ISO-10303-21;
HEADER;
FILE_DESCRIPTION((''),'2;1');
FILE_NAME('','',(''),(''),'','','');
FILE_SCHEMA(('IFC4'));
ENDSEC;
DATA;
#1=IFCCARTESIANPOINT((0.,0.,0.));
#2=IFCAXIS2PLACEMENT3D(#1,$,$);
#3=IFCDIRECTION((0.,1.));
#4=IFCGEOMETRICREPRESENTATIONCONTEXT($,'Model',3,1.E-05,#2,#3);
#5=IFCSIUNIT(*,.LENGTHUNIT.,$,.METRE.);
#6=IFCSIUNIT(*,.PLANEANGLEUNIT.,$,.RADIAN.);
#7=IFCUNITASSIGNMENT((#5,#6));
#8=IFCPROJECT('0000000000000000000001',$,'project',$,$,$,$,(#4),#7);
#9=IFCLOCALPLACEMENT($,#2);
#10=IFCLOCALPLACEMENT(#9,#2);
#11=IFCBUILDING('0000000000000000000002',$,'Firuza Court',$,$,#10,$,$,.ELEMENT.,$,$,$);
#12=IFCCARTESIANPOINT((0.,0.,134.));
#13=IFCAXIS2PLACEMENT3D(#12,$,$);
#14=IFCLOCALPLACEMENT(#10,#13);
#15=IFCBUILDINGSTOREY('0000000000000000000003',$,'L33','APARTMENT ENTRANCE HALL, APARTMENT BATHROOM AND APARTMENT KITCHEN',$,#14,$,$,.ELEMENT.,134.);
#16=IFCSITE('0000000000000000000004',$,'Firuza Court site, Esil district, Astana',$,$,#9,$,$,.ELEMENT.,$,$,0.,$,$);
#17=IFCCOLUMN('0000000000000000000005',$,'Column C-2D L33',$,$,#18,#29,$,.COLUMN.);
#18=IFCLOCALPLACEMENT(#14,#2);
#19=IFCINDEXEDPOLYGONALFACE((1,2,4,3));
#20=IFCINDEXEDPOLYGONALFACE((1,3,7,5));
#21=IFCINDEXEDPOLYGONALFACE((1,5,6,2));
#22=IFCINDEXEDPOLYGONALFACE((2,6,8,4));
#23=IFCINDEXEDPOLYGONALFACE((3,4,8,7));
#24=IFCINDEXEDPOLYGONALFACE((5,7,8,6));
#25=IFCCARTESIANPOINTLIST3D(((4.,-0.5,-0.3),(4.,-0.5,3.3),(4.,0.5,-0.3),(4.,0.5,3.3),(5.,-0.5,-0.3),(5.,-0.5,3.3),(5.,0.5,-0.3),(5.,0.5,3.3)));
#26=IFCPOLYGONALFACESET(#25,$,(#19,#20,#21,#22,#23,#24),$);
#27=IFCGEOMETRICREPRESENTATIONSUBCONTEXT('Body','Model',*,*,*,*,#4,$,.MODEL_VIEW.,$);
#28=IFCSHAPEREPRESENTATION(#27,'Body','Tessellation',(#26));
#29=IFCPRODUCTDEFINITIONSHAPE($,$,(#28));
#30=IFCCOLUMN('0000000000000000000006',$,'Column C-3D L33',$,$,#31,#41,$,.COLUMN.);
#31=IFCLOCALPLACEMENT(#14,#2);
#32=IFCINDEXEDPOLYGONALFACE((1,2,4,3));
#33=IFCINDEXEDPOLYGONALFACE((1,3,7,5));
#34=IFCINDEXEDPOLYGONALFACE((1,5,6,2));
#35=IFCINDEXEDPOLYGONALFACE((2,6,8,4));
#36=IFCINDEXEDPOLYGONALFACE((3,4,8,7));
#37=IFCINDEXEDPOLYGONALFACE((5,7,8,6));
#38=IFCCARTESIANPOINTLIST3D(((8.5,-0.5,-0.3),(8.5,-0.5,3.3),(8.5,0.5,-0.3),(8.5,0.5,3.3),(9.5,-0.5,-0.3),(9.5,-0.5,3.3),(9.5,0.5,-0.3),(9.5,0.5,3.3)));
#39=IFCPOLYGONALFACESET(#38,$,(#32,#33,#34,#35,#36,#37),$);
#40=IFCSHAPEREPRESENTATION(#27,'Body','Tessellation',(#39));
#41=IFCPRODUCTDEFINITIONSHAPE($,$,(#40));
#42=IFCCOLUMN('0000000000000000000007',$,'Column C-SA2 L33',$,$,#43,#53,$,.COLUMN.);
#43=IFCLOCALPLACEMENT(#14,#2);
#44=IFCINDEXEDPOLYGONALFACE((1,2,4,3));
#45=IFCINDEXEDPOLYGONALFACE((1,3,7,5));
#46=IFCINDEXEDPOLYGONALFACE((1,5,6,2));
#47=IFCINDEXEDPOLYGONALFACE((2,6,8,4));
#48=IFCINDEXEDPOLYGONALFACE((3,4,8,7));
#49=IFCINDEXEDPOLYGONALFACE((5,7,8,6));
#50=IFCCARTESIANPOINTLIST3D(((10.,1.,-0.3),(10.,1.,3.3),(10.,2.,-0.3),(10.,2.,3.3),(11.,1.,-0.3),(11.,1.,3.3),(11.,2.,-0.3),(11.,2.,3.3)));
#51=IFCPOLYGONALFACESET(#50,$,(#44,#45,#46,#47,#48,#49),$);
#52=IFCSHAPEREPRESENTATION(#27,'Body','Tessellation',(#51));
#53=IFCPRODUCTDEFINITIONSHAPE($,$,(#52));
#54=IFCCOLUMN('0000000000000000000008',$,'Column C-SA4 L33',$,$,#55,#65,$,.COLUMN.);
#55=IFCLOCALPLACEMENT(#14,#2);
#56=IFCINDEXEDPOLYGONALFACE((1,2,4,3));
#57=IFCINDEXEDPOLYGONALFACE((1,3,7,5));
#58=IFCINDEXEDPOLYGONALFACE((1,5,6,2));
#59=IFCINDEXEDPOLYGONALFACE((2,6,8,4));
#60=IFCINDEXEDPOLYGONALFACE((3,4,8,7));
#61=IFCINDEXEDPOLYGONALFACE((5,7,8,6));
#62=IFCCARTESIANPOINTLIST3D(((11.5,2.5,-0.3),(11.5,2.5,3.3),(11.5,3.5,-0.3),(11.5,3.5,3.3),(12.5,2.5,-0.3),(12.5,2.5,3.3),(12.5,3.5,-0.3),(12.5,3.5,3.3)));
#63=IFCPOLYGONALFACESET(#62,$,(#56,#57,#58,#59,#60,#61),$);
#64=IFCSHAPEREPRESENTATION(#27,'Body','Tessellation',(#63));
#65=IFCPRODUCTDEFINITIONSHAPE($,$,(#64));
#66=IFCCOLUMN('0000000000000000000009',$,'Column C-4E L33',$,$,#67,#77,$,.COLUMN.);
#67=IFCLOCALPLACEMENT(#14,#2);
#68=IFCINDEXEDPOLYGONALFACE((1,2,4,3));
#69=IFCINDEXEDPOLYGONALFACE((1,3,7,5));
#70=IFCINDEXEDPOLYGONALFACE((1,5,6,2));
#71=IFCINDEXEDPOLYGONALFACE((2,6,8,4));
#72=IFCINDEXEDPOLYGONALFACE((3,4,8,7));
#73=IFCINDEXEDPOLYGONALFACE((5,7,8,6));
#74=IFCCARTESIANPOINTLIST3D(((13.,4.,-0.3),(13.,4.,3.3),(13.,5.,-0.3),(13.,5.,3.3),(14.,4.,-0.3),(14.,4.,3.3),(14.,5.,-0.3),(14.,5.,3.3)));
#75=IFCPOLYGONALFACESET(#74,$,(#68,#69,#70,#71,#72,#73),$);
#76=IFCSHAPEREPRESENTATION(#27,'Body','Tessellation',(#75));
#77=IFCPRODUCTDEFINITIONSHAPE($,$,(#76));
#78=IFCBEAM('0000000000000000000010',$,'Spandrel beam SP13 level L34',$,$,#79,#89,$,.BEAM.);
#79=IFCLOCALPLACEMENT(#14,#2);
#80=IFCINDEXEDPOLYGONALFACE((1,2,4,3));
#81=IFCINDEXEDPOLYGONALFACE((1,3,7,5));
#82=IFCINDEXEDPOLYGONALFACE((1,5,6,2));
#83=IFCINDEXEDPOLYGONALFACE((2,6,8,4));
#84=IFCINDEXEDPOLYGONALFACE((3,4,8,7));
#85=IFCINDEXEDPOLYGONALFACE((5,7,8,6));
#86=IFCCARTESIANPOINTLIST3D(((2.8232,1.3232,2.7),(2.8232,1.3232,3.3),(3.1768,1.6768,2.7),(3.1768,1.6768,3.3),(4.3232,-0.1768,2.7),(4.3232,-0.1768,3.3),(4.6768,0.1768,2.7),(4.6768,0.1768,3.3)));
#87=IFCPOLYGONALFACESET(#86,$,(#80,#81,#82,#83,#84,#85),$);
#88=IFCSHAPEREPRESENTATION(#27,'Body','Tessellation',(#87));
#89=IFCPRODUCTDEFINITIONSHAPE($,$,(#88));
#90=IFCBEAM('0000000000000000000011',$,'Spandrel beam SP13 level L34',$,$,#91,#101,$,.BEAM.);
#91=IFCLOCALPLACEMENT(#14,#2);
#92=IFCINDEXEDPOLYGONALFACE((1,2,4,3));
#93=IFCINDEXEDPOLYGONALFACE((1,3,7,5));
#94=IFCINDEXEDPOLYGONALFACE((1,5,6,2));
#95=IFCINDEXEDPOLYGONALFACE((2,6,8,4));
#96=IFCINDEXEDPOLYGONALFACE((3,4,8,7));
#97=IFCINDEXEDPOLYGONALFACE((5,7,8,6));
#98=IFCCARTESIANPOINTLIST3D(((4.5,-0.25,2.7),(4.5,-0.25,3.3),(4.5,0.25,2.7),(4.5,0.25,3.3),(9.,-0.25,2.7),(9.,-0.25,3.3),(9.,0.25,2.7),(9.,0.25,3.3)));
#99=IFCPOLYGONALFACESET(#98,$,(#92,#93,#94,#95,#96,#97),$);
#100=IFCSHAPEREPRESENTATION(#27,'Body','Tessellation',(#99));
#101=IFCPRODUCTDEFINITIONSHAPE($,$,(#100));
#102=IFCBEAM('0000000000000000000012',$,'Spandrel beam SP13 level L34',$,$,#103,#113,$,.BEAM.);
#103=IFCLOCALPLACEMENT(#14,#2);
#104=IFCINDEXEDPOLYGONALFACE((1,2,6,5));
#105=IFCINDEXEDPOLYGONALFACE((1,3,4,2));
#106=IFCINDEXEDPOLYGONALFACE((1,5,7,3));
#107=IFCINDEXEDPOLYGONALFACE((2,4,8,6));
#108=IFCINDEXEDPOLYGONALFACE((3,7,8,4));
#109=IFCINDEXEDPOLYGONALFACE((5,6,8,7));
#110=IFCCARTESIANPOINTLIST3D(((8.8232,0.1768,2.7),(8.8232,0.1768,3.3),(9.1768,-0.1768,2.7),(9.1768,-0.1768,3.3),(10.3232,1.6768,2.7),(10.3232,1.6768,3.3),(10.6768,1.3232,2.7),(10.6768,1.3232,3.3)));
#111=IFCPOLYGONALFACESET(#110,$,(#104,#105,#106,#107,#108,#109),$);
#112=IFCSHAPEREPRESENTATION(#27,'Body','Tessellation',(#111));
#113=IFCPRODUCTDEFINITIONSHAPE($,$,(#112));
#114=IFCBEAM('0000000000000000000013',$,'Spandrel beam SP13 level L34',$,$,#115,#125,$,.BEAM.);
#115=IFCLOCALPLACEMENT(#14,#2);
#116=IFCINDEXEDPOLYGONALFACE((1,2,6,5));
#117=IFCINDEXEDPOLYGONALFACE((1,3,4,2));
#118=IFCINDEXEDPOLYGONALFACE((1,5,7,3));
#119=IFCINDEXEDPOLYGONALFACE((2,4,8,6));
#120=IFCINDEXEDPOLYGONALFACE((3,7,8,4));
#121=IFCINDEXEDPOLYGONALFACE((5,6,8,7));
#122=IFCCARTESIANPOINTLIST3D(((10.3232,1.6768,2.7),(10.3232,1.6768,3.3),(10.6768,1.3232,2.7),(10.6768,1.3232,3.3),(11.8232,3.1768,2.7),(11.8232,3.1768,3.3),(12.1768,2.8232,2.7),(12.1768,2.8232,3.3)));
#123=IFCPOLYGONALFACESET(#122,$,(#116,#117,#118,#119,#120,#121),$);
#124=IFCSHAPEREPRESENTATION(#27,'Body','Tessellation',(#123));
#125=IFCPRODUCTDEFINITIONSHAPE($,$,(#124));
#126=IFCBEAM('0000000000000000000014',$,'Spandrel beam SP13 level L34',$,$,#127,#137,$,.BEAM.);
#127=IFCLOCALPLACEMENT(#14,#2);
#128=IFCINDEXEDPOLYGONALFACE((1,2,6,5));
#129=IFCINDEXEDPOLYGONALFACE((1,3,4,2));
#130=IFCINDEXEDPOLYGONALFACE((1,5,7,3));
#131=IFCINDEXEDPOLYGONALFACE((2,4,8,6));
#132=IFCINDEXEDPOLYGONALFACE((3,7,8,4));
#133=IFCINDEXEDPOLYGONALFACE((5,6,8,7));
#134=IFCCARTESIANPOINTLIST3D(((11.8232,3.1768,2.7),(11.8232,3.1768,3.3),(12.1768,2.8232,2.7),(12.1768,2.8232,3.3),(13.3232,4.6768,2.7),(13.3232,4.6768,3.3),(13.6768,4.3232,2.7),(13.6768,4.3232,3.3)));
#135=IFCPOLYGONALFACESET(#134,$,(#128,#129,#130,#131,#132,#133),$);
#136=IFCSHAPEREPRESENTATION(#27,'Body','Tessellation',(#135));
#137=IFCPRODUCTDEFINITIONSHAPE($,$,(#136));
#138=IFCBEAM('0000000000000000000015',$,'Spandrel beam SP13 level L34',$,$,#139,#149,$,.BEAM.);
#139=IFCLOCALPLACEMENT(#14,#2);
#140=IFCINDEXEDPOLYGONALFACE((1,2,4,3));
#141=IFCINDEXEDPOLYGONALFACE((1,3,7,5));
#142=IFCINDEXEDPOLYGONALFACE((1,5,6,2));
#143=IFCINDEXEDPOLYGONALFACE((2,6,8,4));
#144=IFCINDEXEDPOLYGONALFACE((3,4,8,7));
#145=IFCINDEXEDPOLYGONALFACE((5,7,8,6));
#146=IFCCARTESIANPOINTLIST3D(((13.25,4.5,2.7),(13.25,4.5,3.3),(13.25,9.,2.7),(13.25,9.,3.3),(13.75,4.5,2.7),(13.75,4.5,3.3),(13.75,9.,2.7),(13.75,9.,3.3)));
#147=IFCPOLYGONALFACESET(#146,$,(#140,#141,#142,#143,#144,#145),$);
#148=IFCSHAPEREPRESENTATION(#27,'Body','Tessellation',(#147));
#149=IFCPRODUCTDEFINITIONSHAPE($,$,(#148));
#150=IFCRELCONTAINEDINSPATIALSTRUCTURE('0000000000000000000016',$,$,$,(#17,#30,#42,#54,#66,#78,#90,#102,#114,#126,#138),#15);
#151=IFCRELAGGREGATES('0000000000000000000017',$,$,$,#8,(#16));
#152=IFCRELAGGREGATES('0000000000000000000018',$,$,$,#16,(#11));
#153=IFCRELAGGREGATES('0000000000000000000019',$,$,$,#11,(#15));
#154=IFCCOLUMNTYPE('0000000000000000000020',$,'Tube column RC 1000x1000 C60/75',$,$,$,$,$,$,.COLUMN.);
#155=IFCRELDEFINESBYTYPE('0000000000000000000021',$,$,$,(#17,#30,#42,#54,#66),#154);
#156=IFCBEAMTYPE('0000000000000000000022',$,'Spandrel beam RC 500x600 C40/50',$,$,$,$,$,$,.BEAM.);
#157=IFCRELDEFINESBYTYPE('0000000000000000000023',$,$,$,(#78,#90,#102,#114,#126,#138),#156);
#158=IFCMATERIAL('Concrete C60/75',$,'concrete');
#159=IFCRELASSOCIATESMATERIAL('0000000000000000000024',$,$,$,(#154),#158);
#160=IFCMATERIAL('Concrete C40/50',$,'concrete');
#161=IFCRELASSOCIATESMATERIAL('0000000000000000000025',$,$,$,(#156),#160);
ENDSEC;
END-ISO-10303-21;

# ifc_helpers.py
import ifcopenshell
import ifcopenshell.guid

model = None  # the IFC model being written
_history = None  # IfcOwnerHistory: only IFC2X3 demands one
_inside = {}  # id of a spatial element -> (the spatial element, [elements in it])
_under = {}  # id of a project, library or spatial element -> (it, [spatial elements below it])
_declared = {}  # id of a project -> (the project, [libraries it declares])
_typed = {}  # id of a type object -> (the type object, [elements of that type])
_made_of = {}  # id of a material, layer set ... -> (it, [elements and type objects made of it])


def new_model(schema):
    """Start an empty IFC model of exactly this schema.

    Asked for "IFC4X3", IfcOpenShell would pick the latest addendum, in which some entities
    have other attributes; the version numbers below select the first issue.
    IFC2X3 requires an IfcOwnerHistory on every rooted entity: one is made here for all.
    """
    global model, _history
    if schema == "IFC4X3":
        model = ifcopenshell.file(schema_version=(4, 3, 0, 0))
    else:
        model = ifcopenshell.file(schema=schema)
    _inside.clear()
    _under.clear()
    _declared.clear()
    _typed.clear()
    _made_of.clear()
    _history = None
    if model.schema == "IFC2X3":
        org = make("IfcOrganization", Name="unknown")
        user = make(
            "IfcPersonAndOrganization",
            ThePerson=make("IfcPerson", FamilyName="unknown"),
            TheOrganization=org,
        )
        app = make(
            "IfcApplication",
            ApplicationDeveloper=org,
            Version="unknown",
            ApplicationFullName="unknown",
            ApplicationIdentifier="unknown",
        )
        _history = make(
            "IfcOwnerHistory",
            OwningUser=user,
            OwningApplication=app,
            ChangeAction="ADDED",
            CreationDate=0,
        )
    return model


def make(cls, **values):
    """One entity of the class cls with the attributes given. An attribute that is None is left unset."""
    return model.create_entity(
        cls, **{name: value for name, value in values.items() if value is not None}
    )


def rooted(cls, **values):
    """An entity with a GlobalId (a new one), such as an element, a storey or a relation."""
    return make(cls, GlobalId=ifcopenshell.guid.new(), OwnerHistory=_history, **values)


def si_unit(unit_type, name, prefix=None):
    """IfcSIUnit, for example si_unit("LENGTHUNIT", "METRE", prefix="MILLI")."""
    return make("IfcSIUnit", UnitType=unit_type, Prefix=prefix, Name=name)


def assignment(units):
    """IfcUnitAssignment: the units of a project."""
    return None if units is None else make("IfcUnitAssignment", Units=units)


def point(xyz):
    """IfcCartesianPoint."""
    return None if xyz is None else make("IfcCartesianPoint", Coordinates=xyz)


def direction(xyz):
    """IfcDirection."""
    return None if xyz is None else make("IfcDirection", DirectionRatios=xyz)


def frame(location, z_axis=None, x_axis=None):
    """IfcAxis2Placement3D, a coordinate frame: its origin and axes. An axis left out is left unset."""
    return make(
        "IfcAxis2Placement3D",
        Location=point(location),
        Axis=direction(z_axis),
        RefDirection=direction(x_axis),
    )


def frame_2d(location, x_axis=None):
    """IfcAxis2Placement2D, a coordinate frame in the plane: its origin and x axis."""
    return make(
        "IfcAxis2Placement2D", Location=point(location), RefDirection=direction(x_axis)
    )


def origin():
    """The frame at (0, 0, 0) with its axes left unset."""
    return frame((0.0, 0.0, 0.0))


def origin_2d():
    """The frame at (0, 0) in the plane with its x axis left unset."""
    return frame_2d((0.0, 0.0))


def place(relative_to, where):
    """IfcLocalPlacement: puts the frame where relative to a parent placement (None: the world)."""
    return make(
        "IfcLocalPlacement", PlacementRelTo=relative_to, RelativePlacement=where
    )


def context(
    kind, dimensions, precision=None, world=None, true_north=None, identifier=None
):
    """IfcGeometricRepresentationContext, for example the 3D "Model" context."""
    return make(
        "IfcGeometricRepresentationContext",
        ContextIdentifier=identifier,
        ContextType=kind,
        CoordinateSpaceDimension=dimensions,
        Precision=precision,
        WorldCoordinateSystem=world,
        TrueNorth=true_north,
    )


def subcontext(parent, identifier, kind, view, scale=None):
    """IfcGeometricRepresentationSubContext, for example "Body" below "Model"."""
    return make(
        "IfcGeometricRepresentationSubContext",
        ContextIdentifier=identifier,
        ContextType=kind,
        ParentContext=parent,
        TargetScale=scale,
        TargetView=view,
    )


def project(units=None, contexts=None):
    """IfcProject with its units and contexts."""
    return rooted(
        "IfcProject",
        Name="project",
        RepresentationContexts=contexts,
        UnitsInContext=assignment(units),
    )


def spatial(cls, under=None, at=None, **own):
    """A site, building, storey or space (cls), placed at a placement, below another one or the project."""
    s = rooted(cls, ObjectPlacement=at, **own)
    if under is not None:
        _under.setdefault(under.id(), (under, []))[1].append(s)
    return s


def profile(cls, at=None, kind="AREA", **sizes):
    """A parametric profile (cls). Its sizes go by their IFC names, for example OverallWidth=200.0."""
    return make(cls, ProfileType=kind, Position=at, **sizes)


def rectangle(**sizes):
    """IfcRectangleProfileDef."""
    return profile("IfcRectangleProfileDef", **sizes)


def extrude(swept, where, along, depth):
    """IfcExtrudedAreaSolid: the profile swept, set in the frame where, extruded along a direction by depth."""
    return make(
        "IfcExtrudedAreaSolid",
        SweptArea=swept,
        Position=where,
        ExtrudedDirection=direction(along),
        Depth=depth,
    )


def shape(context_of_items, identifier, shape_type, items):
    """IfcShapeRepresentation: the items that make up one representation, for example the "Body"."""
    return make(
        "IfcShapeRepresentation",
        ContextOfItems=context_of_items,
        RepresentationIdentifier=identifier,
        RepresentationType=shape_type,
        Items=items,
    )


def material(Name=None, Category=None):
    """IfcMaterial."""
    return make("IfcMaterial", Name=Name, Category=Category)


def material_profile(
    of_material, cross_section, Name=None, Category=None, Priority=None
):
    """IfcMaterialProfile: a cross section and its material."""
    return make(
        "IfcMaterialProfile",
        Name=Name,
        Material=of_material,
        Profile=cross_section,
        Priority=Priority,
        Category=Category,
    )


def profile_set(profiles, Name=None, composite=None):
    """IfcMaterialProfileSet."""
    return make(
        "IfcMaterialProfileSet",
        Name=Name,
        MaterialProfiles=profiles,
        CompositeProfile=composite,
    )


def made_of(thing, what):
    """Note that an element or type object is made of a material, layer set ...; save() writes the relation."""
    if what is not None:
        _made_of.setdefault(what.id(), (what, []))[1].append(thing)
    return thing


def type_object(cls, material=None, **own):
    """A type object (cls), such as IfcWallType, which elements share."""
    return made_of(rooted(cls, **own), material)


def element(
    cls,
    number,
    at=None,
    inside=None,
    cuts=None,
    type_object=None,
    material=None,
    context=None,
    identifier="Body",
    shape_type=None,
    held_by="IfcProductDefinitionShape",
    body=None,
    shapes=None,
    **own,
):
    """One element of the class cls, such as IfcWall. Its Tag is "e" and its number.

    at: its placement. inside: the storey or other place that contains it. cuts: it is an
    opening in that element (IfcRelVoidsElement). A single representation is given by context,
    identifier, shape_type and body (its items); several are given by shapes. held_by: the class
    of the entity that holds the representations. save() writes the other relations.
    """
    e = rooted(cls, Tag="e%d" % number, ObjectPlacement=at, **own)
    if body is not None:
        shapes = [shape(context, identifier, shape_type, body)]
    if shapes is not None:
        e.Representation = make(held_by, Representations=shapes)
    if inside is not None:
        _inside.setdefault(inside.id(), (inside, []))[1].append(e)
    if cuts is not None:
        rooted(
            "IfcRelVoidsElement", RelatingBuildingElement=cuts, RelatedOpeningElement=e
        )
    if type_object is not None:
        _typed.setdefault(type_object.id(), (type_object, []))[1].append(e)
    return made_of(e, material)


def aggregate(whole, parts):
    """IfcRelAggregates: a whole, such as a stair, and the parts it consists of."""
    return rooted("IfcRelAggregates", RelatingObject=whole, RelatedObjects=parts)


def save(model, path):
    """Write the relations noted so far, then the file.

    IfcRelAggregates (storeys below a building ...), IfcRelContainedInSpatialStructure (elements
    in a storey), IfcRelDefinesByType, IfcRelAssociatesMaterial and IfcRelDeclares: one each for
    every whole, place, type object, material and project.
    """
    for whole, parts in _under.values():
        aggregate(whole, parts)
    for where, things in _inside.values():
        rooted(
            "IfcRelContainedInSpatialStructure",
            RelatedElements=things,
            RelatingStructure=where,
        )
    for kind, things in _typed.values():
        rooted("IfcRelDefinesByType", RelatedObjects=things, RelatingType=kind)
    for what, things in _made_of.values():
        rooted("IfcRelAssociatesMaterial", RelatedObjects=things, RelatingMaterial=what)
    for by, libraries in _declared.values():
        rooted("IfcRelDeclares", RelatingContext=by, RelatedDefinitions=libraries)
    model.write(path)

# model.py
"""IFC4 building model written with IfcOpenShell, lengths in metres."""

from ifc_helpers import new_model, si_unit, direction, frame, origin, origin_2d, place, context, subcontext, project, spatial, rectangle, extrude, material, material_profile, profile_set, type_object, element, save


model = new_model("IFC4")

# Units and contexts
model_context = context("Model", 3, precision=1e-05, world=origin(), true_north=direction((0.0, 1.0)))
body_context = subcontext(model_context, "Body", "Model", "MODEL_VIEW")
ifc_project = project(units=[si_unit("LENGTHUNIT", "METRE"), si_unit("PLANEANGLEUNIT", "RADIAN")], contexts=[model_context])

# Site, building, storey
site_placement = place(None, origin())
site = spatial("IfcSite", under=ifc_project, at=site_placement, Name="Firuza Court site, Esil district, Astana", CompositionType="ELEMENT", RefElevation=0.0)
building_placement = place(site_placement, origin())
building = spatial("IfcBuilding", under=site, at=building_placement, Name="Firuza Court", CompositionType="ELEMENT")
storey_placement = place(building_placement, frame((0.0, 0.0, 134.0)))
storey = spatial("IfcBuildingStorey", under=building, at=storey_placement, Name="L33", Description="APARTMENT ENTRANCE HALL, APARTMENT BATHROOM AND APARTMENT KITCHEN", CompositionType="ELEMENT", Elevation=134.0)

# Columns
ifc_material_1 = material(Name="Concrete C60/75", Category="concrete")
ifc_material_profile_1 = material_profile(ifc_material_1, rectangle(XDim=1.0, YDim=1.0, at=origin_2d()), Name="RC 1000x1000")
ifc_profile_set_1 = profile_set([ifc_material_profile_1], Name="Concrete C60/75")
column_type = type_object("IfcColumnType", Name="Tube column RC 1000x1000 C60/75", PredefinedType="COLUMN", material=ifc_profile_set_1)
for number, where, z_axis, x_axis, name in (
    (1, (4.5, 0.0, -0.3), (0.0, 0.0, 1.0), (1.0, 0.0, 0.0), "Column C-2D L33"),
    (2, (9.0, 0.0, -0.3), (0.0, 0.0, 1.0), (1.0, 0.0, 0.0), "Column C-3D L33"),
    (3, (10.5, 1.5, -0.3), (0.0, 0.0, 1.0), (1.0, 0.0, 0.0), "Column C-SA2 L33"),
    (4, (12.0, 3.0, -0.3), (0.0, 0.0, 1.0), (1.0, 0.0, 0.0), "Column C-SA4 L33"),
    (5, (13.5, 4.5, -0.3), (0.0, 0.0, 1.0), (1.0, 0.0, 0.0), "Column C-4E L33"),
):
    element("IfcColumn", number, at=place(storey_placement, frame(where, z_axis=z_axis, x_axis=x_axis)), inside=storey, type_object=column_type, Name=name, PredefinedType="COLUMN", context=body_context, shape_type="SweptSolid", body=[
        extrude(rectangle(XDim=1.0, YDim=1.0, at=origin_2d()), origin(), (0.0, 0.0, 1.0), 3.6001),
    ])

# Beams
ifc_material_2 = material(Name="Concrete C40/50", Category="concrete")
ifc_material_profile_2 = material_profile(ifc_material_2, rectangle(XDim=0.5, YDim=0.6001, at=origin_2d()), Name="RC 500x600")
ifc_profile_set_2 = profile_set([ifc_material_profile_2], Name="Concrete C40/50")
beam_type = type_object("IfcBeamType", Name="Spandrel beam RC 500x600 C40/50", PredefinedType="BEAM", material=ifc_profile_set_2)
beam_1_placement = place(storey_placement, frame((3.0, 1.5, 3.0), z_axis=(0.707107, -0.707107, 0.0), x_axis=(0.707107, 0.707107, 0.0)))
element("IfcBeam", 6, at=beam_1_placement, inside=storey, type_object=beam_type, Name="Spandrel beam SP13 level L34", PredefinedType="BEAM", context=body_context, shape_type="SweptSolid", body=[
    extrude(rectangle(XDim=0.5, YDim=0.6001, at=origin_2d()), origin(), (0.0, 0.0, 1.0), 2.1213),
])
beam_2_placement = place(storey_placement, frame((4.5, 0.0, 3.0), z_axis=(1.0, 0.0, 0.0), x_axis=(0.0, 1.0, 0.0)))
element("IfcBeam", 7, at=beam_2_placement, inside=storey, type_object=beam_type, Name="Spandrel beam SP13 level L34", PredefinedType="BEAM", context=body_context, shape_type="SweptSolid", body=[
    extrude(rectangle(XDim=0.5, YDim=0.6001, at=origin_2d()), origin(), (0.0, 0.0, 1.0), 4.5),
])
for number, where, z_axis, x_axis, name in (
    (8, (9.0, 0.0, 3.0), (0.707107, 0.707107, 0.0), (-0.707107, 0.707107, 0.0), "Spandrel beam SP13 level L34"),
    (9, (10.5, 1.5, 3.0), (0.707107, 0.707107, 0.0), (-0.707107, 0.707107, 0.0), "Spandrel beam SP13 level L34"),
    (10, (12.0, 3.0, 3.0), (0.707107, 0.707107, 0.0), (-0.707107, 0.707107, 0.0), "Spandrel beam SP13 level L34"),
):
    element("IfcBeam", number, at=place(storey_placement, frame(where, z_axis=z_axis, x_axis=x_axis)), inside=storey, type_object=beam_type, Name=name, PredefinedType="BEAM", context=body_context, shape_type="SweptSolid", body=[
        extrude(rectangle(XDim=0.5, YDim=0.6001, at=origin_2d()), origin(), (0.0, 0.0, 1.0), 2.1213),
    ])
beam_3_placement = place(storey_placement, frame((13.5, 4.5, 3.0), z_axis=(0.0, 1.0, 0.0), x_axis=(-1.0, 0.0, 0.0)))
element("IfcBeam", 11, at=beam_3_placement, inside=storey, type_object=beam_type, Name="Spandrel beam SP13 level L34", PredefinedType="BEAM", context=body_context, shape_type="SweptSolid", body=[
    extrude(rectangle(XDim=0.5, YDim=0.6001, at=origin_2d()), origin(), (0.0, 0.0, 1.0), 4.5),
])

save(model, "model.ifc")
